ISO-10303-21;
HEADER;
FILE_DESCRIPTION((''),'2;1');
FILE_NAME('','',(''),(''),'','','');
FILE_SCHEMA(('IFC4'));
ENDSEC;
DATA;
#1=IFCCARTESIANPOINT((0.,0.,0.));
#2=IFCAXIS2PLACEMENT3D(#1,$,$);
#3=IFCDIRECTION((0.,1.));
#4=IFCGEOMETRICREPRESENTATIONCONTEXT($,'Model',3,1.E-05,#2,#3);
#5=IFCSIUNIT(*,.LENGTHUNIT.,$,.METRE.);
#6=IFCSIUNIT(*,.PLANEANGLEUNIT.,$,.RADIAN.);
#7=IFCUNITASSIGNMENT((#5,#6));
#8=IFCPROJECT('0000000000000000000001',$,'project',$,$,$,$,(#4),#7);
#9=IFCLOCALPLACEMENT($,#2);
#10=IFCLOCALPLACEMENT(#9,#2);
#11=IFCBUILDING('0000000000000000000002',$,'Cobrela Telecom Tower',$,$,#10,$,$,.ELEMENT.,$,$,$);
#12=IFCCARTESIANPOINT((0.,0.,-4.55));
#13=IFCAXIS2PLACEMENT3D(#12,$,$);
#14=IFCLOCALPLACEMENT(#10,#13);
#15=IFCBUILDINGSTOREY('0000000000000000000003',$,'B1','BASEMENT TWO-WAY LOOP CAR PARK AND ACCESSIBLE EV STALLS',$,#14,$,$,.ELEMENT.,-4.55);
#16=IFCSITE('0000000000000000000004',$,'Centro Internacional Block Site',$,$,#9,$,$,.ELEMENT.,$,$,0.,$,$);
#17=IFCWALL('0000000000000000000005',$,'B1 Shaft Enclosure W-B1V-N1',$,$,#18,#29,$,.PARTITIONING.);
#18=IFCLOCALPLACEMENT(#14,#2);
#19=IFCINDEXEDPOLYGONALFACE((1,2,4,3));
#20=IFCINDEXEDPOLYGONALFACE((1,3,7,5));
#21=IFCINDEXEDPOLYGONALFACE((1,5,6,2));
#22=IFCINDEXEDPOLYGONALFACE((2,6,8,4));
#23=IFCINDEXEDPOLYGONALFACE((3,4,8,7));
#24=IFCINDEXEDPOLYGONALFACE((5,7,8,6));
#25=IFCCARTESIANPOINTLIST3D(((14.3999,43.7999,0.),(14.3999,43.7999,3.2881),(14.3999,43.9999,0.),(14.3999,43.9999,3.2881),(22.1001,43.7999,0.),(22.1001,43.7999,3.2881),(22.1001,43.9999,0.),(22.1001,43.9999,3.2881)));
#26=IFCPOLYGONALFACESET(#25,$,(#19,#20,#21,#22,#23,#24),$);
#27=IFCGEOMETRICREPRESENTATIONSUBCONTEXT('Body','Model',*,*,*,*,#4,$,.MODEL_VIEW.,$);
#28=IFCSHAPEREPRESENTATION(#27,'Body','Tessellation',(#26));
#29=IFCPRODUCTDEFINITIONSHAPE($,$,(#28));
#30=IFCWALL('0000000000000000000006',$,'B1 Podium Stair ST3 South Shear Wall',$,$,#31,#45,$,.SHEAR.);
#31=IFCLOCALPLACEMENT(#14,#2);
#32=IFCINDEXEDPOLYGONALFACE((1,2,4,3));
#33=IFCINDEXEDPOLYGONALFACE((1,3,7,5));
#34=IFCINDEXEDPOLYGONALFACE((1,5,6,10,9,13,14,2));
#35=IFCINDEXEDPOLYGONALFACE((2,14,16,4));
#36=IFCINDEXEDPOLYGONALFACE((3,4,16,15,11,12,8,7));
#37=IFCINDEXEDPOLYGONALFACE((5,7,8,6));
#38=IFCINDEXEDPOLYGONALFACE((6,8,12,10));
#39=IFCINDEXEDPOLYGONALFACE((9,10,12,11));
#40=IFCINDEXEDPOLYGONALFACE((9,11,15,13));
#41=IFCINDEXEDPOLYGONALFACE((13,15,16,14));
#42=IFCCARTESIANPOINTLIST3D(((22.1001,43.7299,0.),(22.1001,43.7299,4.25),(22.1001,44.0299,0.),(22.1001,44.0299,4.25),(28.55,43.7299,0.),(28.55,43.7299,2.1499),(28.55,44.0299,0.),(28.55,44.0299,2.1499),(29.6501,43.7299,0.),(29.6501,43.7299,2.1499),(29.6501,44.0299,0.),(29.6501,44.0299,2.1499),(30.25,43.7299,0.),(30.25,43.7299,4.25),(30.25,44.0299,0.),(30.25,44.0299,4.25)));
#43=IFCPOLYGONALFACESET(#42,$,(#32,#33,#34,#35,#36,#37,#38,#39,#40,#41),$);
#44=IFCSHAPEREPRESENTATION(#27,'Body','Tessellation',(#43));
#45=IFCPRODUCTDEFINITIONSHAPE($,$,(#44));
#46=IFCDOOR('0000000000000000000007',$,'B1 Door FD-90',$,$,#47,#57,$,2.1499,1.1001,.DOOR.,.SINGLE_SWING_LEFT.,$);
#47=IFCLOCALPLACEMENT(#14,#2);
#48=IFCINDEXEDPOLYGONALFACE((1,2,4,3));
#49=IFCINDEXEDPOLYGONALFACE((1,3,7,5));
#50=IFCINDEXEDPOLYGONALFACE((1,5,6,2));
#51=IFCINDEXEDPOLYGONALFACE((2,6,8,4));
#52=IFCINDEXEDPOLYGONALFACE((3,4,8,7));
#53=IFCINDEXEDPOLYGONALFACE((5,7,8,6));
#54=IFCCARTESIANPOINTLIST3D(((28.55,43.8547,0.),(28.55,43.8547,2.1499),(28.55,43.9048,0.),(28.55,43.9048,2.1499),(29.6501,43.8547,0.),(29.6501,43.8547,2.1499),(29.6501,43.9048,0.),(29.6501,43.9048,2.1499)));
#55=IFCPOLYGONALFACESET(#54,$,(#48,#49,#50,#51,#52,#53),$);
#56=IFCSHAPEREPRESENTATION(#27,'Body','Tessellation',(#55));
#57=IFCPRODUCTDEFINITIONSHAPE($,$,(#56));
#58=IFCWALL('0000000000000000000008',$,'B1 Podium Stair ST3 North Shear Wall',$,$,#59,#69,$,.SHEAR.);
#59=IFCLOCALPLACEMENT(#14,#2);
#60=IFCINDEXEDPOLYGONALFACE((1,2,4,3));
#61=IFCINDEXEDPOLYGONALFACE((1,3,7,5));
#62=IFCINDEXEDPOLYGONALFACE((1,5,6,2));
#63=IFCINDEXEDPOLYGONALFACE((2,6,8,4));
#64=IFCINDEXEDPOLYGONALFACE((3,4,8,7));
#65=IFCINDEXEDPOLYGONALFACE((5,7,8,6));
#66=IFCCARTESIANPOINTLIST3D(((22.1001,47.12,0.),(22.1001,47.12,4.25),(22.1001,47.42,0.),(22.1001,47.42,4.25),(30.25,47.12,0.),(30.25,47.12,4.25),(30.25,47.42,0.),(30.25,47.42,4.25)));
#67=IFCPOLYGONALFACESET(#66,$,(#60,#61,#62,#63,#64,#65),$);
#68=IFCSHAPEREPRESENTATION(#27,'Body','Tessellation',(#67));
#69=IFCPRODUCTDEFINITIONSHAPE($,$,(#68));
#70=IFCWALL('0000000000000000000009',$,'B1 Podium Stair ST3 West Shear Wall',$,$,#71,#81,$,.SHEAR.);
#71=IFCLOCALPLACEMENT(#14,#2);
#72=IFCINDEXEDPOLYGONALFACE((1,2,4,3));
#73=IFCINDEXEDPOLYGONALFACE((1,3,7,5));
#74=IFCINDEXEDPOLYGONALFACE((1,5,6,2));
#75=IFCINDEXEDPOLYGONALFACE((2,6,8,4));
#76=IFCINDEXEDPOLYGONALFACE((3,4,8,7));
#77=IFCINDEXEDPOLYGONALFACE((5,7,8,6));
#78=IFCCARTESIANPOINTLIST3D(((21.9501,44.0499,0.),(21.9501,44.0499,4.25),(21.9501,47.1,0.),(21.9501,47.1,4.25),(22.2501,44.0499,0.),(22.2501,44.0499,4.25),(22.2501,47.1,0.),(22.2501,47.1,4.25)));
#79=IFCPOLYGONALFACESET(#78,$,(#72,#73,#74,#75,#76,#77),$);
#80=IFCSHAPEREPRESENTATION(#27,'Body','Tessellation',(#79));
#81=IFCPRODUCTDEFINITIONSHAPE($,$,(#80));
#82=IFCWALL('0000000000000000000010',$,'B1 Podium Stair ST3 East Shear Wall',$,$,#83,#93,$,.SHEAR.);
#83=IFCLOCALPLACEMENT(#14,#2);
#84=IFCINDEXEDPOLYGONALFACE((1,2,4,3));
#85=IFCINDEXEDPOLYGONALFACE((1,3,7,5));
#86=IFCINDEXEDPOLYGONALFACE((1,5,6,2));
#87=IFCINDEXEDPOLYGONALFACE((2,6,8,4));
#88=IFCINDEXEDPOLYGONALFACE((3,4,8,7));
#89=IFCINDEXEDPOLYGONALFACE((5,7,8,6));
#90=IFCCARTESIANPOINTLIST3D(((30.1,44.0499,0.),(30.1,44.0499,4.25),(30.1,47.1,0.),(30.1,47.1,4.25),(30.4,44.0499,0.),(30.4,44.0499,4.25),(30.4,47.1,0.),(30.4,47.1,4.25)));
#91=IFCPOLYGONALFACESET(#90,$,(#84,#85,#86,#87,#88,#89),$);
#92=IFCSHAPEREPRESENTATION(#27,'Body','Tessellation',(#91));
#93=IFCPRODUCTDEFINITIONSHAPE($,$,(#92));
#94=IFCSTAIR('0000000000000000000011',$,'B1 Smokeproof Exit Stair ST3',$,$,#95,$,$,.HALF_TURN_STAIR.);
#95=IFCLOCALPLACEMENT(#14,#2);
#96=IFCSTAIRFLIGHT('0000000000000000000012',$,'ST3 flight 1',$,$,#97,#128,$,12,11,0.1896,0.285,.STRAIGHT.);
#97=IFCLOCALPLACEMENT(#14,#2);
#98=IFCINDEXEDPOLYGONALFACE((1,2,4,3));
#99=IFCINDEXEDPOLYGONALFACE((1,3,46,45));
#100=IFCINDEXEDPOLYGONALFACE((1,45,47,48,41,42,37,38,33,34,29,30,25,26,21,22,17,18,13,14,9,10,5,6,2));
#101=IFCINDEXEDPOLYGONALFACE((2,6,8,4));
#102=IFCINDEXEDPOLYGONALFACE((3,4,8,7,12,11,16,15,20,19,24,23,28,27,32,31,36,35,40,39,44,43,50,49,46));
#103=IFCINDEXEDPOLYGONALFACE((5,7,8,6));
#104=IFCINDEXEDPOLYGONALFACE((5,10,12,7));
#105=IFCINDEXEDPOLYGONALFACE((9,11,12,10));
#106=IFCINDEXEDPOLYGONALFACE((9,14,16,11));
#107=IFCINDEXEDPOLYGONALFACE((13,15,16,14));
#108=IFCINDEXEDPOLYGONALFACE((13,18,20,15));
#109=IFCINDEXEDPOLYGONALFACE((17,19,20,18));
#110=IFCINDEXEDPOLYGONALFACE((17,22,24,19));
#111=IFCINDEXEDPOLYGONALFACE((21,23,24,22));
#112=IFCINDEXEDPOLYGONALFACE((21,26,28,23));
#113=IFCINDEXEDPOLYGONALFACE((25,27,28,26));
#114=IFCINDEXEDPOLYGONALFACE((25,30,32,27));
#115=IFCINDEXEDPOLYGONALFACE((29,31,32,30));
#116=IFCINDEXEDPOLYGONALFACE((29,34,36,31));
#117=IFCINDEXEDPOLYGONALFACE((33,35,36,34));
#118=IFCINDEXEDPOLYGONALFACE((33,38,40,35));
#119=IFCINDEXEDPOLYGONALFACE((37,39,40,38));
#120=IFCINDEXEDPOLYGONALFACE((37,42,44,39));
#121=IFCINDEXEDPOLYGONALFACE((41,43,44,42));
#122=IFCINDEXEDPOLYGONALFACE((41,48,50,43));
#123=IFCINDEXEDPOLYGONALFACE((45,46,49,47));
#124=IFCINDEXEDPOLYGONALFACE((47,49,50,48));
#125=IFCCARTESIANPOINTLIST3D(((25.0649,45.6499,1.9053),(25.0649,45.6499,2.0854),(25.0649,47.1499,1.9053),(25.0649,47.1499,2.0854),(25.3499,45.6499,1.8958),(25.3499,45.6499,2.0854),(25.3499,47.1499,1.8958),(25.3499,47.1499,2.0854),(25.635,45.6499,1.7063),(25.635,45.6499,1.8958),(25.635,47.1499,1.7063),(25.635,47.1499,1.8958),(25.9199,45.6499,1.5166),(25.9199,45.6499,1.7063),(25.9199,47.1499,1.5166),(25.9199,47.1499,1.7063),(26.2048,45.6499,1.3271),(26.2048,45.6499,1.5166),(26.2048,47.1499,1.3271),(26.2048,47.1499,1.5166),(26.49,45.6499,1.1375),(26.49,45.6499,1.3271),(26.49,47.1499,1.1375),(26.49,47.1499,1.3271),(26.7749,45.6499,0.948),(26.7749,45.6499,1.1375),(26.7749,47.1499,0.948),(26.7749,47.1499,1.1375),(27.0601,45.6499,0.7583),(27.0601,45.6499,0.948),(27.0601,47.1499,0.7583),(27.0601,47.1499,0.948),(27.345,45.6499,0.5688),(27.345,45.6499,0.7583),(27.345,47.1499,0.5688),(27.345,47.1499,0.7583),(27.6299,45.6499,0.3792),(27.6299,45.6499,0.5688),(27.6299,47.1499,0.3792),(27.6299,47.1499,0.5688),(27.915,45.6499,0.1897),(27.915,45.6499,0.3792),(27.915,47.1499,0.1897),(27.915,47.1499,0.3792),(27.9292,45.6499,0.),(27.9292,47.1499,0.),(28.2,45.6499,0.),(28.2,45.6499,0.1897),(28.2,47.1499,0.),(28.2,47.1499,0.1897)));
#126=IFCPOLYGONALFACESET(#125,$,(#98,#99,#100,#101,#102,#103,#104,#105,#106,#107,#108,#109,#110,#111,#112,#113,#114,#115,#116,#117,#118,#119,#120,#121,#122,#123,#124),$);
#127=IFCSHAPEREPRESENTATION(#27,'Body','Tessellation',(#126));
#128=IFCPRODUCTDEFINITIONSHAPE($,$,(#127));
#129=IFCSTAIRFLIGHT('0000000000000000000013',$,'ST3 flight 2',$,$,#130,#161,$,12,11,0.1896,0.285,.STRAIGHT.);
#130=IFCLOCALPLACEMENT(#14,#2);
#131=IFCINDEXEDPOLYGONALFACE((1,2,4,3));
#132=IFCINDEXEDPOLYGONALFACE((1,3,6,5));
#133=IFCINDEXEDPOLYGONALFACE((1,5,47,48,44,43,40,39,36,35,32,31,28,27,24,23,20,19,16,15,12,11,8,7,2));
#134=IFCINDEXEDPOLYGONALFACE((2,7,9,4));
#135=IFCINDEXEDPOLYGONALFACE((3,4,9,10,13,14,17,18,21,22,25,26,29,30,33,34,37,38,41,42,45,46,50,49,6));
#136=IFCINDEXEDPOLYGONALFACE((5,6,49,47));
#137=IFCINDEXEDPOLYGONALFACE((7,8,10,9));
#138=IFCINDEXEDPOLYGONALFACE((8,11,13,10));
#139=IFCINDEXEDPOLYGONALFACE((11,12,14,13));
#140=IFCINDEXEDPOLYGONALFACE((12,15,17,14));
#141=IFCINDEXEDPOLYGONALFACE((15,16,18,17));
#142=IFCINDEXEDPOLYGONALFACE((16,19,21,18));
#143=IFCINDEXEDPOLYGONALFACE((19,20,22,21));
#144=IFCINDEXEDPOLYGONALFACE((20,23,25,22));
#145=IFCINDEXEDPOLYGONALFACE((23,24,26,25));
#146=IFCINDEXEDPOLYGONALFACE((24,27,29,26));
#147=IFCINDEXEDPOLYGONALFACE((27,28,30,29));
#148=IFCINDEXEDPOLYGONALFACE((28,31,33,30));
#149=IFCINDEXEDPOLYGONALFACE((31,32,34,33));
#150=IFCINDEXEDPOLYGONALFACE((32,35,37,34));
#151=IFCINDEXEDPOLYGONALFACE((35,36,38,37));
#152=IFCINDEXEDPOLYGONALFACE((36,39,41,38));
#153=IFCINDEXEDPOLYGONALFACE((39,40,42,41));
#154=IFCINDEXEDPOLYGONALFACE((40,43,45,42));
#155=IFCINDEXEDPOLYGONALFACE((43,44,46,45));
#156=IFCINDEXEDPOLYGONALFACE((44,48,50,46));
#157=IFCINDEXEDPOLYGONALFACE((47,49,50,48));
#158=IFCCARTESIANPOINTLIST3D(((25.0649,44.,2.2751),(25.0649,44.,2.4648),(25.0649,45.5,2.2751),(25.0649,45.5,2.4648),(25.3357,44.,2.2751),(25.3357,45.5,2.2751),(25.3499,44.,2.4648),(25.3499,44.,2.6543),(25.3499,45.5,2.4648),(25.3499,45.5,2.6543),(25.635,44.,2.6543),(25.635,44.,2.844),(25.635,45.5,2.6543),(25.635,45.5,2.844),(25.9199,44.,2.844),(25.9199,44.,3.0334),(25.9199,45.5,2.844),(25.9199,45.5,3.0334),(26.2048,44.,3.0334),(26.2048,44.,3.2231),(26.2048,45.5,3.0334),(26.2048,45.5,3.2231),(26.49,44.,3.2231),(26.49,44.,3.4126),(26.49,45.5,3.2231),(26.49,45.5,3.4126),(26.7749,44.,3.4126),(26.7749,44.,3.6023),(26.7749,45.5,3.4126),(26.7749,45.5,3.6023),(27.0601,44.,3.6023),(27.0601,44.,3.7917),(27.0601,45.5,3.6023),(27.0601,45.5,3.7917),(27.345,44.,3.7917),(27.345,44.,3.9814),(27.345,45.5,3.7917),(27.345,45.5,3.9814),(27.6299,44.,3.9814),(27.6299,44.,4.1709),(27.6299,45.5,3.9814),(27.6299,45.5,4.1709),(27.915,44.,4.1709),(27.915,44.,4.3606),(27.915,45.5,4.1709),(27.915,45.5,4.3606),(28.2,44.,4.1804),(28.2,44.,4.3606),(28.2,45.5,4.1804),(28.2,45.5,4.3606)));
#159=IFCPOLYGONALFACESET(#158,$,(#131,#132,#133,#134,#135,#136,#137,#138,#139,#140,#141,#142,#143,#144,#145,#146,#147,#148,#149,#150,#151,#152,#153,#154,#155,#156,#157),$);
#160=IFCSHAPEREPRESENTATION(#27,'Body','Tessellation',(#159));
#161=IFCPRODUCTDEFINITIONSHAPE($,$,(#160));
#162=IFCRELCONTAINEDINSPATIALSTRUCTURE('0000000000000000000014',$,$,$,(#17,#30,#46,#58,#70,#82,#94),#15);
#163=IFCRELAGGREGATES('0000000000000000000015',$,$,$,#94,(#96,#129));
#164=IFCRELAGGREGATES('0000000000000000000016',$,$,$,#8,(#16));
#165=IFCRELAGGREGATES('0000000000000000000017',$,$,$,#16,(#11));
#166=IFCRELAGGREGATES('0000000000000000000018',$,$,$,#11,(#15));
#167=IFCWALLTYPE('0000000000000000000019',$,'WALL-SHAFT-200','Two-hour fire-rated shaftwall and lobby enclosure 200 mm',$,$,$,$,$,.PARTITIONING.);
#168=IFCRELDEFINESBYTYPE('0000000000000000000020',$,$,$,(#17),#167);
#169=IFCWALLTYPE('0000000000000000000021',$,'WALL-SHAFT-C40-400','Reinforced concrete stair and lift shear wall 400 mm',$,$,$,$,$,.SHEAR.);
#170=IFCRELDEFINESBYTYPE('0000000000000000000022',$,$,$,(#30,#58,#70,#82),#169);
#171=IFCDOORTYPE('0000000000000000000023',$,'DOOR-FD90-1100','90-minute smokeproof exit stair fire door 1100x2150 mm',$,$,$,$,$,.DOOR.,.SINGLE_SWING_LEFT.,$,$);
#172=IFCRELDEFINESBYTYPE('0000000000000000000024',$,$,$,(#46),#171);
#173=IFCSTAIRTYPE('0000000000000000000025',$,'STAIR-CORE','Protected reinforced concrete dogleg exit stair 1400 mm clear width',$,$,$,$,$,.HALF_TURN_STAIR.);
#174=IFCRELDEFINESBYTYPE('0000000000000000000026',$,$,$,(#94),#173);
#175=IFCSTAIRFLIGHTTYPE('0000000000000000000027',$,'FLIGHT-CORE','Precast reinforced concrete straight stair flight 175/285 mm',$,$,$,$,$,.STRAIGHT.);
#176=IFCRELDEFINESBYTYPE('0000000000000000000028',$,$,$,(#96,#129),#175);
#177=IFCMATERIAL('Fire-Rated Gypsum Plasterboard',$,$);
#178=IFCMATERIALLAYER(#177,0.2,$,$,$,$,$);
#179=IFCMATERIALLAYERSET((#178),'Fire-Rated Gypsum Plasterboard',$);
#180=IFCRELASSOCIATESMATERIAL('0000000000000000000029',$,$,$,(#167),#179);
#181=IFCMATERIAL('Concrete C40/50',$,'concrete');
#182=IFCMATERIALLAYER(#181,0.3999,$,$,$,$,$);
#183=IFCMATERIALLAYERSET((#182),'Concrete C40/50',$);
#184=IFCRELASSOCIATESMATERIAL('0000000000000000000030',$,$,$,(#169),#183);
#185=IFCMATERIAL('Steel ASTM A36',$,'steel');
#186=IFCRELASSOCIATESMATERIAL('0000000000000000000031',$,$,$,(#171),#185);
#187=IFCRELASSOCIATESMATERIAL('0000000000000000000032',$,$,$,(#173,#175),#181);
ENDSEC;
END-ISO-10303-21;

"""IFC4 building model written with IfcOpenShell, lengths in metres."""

from ifc_helpers import new_model, si_unit, direction, frame, frame_2d, origin, place, context, subcontext, project, spatial, polyline, rectangle, outline, extrude, material, layer, layer_set, type_object, element, fill, aggregate, save


model = new_model("IFC4")

# Units and contexts
model_context = context("Model", 3, precision=1e-05, world=origin(), true_north=direction((0.0, 1.0)))
body_context = subcontext(model_context, "Body", "Model", "MODEL_VIEW")
ifc_project = project(units=[si_unit("LENGTHUNIT", "METRE"), si_unit("PLANEANGLEUNIT", "RADIAN")], contexts=[model_context])

# Site, building, storey
site_placement = place(None, origin())
site = spatial("IfcSite", under=ifc_project, at=site_placement, Name="Centro Internacional Block Site", CompositionType="ELEMENT", RefElevation=0.0)
building_placement = place(site_placement, origin())
building = spatial("IfcBuilding", under=site, at=building_placement, Name="Cobrela Telecom Tower", CompositionType="ELEMENT")
storey_placement = place(building_placement, frame((0.0, 0.0, -4.55)))
storey = spatial("IfcBuildingStorey", under=building, at=storey_placement, Name="B1", Description="BASEMENT TWO-WAY LOOP CAR PARK AND ACCESSIBLE EV STALLS", CompositionType="ELEMENT", Elevation=-4.55)

# Wall
ifc_material_1 = material(Name="Fire-Rated Gypsum Plasterboard")
ifc_layer_1 = layer(ifc_material_1, 0.2)
ifc_layer_set_1 = layer_set([ifc_layer_1], Name="Fire-Rated Gypsum Plasterboard")
wall_type_1 = type_object("IfcWallType", Name="WALL-SHAFT-200", Description="Two-hour fire-rated shaftwall and lobby enclosure 200 mm", PredefinedType="PARTITIONING", material=ifc_layer_set_1)
wall_1_placement = place(storey_placement, frame((14.3999, 43.8999, 0.0), z_axis=(0.0, 0.0, 1.0), x_axis=(1.0, 0.0, 0.0)))
element("IfcWall", 1, at=wall_1_placement, inside=storey, type_object=wall_type_1, Name="B1 Shaft Enclosure W-B1V-N1", PredefinedType="PARTITIONING", context=body_context, shape_type="SweptSolid", body=[
    extrude(rectangle(XDim=7.7002, YDim=0.2, at=frame_2d((3.8501, 0.0))), origin(), (0.0, 0.0, 1.0), 3.2881),
])

# Wall, opening, door
ifc_material_2 = material(Name="Concrete C40/50", Category="concrete")
ifc_layer_2 = layer(ifc_material_2, 0.3999)
ifc_layer_set_2 = layer_set([ifc_layer_2], Name="Concrete C40/50")
wall_type_2 = type_object("IfcWallType", Name="WALL-SHAFT-C40-400", Description="Reinforced concrete stair and lift shear wall 400 mm", PredefinedType="SHEAR", material=ifc_layer_set_2)
wall_2_placement = place(storey_placement, frame((22.1001, 43.8799, 0.0), z_axis=(0.0, 0.0, 1.0), x_axis=(1.0, 0.0, 0.0)))
wall_2 = element("IfcWall", 2, at=wall_2_placement, inside=storey, type_object=wall_type_2, Name="B1 Podium Stair ST3 South Shear Wall", PredefinedType="SHEAR", context=body_context, shape_type="SweptSolid", body=[
    extrude(rectangle(XDim=8.1499, YDim=0.3, at=frame_2d((4.075, 0.0))), origin(), (0.0, 0.0, 1.0), 4.25),
])
opening_placement = place(wall_2_placement, frame((6.45, 0.0, 0.0)))
opening = element("IfcOpeningElement", 3, at=opening_placement, cuts=wall_2, PredefinedType="OPENING", context=body_context, shape_type="SweptSolid", body=[
    extrude(rectangle(XDim=1.1001, YDim=2.1499, at=frame_2d((0.55, 1.075))), frame((0.0, 0.1621, 0.0), z_axis=(0.0, -1.0, 0.0), x_axis=(1.0, 0.0, 0.0)), (0.0, 0.0, 1.0), 0.324),
])
ifc_material_3 = material(Name="Steel ASTM A36", Category="steel")
door_type = type_object("IfcDoorType", Name="DOOR-FD90-1100", Description="90-minute smokeproof exit stair fire door 1100x2150 mm", OperationType="SINGLE_SWING_LEFT", PredefinedType="DOOR", material=ifc_material_3)
door_placement = place(opening_placement, origin())
door = element("IfcDoor", 4, at=door_placement, inside=storey, type_object=door_type, Name="B1 Door FD-90", OperationType="SINGLE_SWING_LEFT", OverallHeight=2.1499, OverallWidth=1.1001, PredefinedType="DOOR", context=body_context, shape_type="SweptSolid", body=[
    extrude(rectangle(XDim=1.1001, YDim=2.1499, at=frame_2d((0.55, 1.075))), frame((0.0, 0.0249, 0.0), z_axis=(0.0, -1.0, 0.0), x_axis=(1.0, 0.0, 0.0)), (0.0, 0.0, 1.0), 0.05),
])
fill(opening, door)

# Walls
wall_3_placement = place(storey_placement, frame((22.1001, 47.27, 0.0), z_axis=(0.0, 0.0, 1.0), x_axis=(1.0, 0.0, 0.0)))
element("IfcWall", 5, at=wall_3_placement, inside=storey, type_object=wall_type_2, Name="B1 Podium Stair ST3 North Shear Wall", PredefinedType="SHEAR", context=body_context, shape_type="SweptSolid", body=[
    extrude(rectangle(XDim=8.1499, YDim=0.3, at=frame_2d((4.075, 0.0))), origin(), (0.0, 0.0, 1.0), 4.25),
])
for number, where, z_axis, x_axis, name in (
    (6, (22.1001, 44.05, 0.0), (0.0, 0.0, 1.0), (0.0, 1.0, 0.0), "B1 Podium Stair ST3 West Shear Wall"),
    (7, (30.25, 44.05, 0.0), (0.0, 0.0, 1.0), (0.0, 1.0, 0.0), "B1 Podium Stair ST3 East Shear Wall"),
):
    element("IfcWall", number, at=place(storey_placement, frame(where, z_axis=z_axis, x_axis=x_axis)), inside=storey, type_object=wall_type_2, Name=name, PredefinedType="SHEAR", context=body_context, shape_type="SweptSolid", body=[
        extrude(rectangle(XDim=3.05, YDim=0.3, at=frame_2d((1.5249, 0.0))), origin(), (0.0, 0.0, 1.0), 4.25),
    ])

# Stair, stair flights
stair_type = type_object("IfcStairType", Name="STAIR-CORE", Description="Protected reinforced concrete dogleg exit stair 1400 mm clear width", PredefinedType="HALF_TURN_STAIR", material=ifc_material_2)
stair_placement = place(storey_placement, origin())
stair = element("IfcStair", 8, at=stair_placement, inside=storey, type_object=stair_type, Name="B1 Smokeproof Exit Stair ST3", PredefinedType="HALF_TURN_STAIR")
stair_flight_type = type_object("IfcStairFlightType", Name="FLIGHT-CORE", Description="Precast reinforced concrete straight stair flight 175/285 mm", PredefinedType="STRAIGHT", material=ifc_material_2)
stair_flight_1_placement = place(storey_placement, frame((28.2, 46.3999, 0.0), z_axis=(0.0, 0.0, 1.0), x_axis=(-1.0, 0.0, 0.0)))
stair_flight_1 = element("IfcStairFlight", 9, at=stair_flight_1_placement, type_object=stair_flight_type, Name="ST3 flight 1", NumberOfRisers=12, NumberOfTreads=11, PredefinedType="STRAIGHT", RiserHeight=0.1896, TreadLength=0.285, context=body_context, shape_type="SweptSolid", body=[
    extrude(outline(polyline([(0.0, 0.0), (0.0, 0.1897), (0.2849, 0.1897), (0.2849, 0.3792), (0.5701, 0.3792), (0.5701, 0.5688), (0.855, 0.5688), (0.855, 0.7583), (1.1399, 0.7583), (1.1399, 0.948), (1.425, 0.948), (1.425, 1.1375), (1.71, 1.1375), (1.71, 1.3271), (1.9951, 1.3271), (1.9951, 1.5166), (2.28, 1.5166), (2.28, 1.7063), (2.5649, 1.7063), (2.5649, 1.8958), (2.8501, 1.8958), (2.8501, 2.0854), (3.135, 2.0854), (3.135, 2.2749), (3.135, 1.9053), (0.2708, 0.0), (0.0, 0.0)])), frame((0.0, 0.75, 0.0), z_axis=(0.0, -1.0, 0.0), x_axis=(1.0, 0.0, 0.0)), (0.0, 0.0, 1.0), 1.5),
])
stair_flight_2_placement = place(storey_placement, frame((25.0649, 44.75, 2.2751), z_axis=(0.0, 0.0, 1.0), x_axis=(1.0, 0.0, 0.0)))
stair_flight_2 = element("IfcStairFlight", 10, at=stair_flight_2_placement, type_object=stair_flight_type, Name="ST3 flight 2", NumberOfRisers=12, NumberOfTreads=11, PredefinedType="STRAIGHT", RiserHeight=0.1896, TreadLength=0.285, context=body_context, shape_type="SweptSolid", body=[
    extrude(outline(polyline([(0.0, 0.0), (0.0, 0.1897), (0.2849, 0.1897), (0.2849, 0.3792), (0.5701, 0.3792), (0.5701, 0.5688), (0.855, 0.5688), (0.855, 0.7583), (1.1399, 0.7583), (1.1399, 0.948), (1.425, 0.948), (1.425, 1.1375), (1.71, 1.1375), (1.71, 1.3271), (1.9951, 1.3271), (1.9951, 1.5166), (2.28, 1.5166), (2.28, 1.7063), (2.5649, 1.7063), (2.5649, 1.8958), (2.8501, 1.8958), (2.8501, 2.0854), (3.135, 2.0854), (3.135, 2.2749), (3.135, 1.9053), (0.2708, 0.0), (0.0, 0.0)])), frame((0.0, 0.75, 0.0), z_axis=(0.0, -1.0, 0.0), x_axis=(1.0, 0.0, 0.0)), (0.0, 0.0, 1.0), 1.5),
])
aggregate(stair, [stair_flight_1, stair_flight_2])

save(model, "model.ifc")
